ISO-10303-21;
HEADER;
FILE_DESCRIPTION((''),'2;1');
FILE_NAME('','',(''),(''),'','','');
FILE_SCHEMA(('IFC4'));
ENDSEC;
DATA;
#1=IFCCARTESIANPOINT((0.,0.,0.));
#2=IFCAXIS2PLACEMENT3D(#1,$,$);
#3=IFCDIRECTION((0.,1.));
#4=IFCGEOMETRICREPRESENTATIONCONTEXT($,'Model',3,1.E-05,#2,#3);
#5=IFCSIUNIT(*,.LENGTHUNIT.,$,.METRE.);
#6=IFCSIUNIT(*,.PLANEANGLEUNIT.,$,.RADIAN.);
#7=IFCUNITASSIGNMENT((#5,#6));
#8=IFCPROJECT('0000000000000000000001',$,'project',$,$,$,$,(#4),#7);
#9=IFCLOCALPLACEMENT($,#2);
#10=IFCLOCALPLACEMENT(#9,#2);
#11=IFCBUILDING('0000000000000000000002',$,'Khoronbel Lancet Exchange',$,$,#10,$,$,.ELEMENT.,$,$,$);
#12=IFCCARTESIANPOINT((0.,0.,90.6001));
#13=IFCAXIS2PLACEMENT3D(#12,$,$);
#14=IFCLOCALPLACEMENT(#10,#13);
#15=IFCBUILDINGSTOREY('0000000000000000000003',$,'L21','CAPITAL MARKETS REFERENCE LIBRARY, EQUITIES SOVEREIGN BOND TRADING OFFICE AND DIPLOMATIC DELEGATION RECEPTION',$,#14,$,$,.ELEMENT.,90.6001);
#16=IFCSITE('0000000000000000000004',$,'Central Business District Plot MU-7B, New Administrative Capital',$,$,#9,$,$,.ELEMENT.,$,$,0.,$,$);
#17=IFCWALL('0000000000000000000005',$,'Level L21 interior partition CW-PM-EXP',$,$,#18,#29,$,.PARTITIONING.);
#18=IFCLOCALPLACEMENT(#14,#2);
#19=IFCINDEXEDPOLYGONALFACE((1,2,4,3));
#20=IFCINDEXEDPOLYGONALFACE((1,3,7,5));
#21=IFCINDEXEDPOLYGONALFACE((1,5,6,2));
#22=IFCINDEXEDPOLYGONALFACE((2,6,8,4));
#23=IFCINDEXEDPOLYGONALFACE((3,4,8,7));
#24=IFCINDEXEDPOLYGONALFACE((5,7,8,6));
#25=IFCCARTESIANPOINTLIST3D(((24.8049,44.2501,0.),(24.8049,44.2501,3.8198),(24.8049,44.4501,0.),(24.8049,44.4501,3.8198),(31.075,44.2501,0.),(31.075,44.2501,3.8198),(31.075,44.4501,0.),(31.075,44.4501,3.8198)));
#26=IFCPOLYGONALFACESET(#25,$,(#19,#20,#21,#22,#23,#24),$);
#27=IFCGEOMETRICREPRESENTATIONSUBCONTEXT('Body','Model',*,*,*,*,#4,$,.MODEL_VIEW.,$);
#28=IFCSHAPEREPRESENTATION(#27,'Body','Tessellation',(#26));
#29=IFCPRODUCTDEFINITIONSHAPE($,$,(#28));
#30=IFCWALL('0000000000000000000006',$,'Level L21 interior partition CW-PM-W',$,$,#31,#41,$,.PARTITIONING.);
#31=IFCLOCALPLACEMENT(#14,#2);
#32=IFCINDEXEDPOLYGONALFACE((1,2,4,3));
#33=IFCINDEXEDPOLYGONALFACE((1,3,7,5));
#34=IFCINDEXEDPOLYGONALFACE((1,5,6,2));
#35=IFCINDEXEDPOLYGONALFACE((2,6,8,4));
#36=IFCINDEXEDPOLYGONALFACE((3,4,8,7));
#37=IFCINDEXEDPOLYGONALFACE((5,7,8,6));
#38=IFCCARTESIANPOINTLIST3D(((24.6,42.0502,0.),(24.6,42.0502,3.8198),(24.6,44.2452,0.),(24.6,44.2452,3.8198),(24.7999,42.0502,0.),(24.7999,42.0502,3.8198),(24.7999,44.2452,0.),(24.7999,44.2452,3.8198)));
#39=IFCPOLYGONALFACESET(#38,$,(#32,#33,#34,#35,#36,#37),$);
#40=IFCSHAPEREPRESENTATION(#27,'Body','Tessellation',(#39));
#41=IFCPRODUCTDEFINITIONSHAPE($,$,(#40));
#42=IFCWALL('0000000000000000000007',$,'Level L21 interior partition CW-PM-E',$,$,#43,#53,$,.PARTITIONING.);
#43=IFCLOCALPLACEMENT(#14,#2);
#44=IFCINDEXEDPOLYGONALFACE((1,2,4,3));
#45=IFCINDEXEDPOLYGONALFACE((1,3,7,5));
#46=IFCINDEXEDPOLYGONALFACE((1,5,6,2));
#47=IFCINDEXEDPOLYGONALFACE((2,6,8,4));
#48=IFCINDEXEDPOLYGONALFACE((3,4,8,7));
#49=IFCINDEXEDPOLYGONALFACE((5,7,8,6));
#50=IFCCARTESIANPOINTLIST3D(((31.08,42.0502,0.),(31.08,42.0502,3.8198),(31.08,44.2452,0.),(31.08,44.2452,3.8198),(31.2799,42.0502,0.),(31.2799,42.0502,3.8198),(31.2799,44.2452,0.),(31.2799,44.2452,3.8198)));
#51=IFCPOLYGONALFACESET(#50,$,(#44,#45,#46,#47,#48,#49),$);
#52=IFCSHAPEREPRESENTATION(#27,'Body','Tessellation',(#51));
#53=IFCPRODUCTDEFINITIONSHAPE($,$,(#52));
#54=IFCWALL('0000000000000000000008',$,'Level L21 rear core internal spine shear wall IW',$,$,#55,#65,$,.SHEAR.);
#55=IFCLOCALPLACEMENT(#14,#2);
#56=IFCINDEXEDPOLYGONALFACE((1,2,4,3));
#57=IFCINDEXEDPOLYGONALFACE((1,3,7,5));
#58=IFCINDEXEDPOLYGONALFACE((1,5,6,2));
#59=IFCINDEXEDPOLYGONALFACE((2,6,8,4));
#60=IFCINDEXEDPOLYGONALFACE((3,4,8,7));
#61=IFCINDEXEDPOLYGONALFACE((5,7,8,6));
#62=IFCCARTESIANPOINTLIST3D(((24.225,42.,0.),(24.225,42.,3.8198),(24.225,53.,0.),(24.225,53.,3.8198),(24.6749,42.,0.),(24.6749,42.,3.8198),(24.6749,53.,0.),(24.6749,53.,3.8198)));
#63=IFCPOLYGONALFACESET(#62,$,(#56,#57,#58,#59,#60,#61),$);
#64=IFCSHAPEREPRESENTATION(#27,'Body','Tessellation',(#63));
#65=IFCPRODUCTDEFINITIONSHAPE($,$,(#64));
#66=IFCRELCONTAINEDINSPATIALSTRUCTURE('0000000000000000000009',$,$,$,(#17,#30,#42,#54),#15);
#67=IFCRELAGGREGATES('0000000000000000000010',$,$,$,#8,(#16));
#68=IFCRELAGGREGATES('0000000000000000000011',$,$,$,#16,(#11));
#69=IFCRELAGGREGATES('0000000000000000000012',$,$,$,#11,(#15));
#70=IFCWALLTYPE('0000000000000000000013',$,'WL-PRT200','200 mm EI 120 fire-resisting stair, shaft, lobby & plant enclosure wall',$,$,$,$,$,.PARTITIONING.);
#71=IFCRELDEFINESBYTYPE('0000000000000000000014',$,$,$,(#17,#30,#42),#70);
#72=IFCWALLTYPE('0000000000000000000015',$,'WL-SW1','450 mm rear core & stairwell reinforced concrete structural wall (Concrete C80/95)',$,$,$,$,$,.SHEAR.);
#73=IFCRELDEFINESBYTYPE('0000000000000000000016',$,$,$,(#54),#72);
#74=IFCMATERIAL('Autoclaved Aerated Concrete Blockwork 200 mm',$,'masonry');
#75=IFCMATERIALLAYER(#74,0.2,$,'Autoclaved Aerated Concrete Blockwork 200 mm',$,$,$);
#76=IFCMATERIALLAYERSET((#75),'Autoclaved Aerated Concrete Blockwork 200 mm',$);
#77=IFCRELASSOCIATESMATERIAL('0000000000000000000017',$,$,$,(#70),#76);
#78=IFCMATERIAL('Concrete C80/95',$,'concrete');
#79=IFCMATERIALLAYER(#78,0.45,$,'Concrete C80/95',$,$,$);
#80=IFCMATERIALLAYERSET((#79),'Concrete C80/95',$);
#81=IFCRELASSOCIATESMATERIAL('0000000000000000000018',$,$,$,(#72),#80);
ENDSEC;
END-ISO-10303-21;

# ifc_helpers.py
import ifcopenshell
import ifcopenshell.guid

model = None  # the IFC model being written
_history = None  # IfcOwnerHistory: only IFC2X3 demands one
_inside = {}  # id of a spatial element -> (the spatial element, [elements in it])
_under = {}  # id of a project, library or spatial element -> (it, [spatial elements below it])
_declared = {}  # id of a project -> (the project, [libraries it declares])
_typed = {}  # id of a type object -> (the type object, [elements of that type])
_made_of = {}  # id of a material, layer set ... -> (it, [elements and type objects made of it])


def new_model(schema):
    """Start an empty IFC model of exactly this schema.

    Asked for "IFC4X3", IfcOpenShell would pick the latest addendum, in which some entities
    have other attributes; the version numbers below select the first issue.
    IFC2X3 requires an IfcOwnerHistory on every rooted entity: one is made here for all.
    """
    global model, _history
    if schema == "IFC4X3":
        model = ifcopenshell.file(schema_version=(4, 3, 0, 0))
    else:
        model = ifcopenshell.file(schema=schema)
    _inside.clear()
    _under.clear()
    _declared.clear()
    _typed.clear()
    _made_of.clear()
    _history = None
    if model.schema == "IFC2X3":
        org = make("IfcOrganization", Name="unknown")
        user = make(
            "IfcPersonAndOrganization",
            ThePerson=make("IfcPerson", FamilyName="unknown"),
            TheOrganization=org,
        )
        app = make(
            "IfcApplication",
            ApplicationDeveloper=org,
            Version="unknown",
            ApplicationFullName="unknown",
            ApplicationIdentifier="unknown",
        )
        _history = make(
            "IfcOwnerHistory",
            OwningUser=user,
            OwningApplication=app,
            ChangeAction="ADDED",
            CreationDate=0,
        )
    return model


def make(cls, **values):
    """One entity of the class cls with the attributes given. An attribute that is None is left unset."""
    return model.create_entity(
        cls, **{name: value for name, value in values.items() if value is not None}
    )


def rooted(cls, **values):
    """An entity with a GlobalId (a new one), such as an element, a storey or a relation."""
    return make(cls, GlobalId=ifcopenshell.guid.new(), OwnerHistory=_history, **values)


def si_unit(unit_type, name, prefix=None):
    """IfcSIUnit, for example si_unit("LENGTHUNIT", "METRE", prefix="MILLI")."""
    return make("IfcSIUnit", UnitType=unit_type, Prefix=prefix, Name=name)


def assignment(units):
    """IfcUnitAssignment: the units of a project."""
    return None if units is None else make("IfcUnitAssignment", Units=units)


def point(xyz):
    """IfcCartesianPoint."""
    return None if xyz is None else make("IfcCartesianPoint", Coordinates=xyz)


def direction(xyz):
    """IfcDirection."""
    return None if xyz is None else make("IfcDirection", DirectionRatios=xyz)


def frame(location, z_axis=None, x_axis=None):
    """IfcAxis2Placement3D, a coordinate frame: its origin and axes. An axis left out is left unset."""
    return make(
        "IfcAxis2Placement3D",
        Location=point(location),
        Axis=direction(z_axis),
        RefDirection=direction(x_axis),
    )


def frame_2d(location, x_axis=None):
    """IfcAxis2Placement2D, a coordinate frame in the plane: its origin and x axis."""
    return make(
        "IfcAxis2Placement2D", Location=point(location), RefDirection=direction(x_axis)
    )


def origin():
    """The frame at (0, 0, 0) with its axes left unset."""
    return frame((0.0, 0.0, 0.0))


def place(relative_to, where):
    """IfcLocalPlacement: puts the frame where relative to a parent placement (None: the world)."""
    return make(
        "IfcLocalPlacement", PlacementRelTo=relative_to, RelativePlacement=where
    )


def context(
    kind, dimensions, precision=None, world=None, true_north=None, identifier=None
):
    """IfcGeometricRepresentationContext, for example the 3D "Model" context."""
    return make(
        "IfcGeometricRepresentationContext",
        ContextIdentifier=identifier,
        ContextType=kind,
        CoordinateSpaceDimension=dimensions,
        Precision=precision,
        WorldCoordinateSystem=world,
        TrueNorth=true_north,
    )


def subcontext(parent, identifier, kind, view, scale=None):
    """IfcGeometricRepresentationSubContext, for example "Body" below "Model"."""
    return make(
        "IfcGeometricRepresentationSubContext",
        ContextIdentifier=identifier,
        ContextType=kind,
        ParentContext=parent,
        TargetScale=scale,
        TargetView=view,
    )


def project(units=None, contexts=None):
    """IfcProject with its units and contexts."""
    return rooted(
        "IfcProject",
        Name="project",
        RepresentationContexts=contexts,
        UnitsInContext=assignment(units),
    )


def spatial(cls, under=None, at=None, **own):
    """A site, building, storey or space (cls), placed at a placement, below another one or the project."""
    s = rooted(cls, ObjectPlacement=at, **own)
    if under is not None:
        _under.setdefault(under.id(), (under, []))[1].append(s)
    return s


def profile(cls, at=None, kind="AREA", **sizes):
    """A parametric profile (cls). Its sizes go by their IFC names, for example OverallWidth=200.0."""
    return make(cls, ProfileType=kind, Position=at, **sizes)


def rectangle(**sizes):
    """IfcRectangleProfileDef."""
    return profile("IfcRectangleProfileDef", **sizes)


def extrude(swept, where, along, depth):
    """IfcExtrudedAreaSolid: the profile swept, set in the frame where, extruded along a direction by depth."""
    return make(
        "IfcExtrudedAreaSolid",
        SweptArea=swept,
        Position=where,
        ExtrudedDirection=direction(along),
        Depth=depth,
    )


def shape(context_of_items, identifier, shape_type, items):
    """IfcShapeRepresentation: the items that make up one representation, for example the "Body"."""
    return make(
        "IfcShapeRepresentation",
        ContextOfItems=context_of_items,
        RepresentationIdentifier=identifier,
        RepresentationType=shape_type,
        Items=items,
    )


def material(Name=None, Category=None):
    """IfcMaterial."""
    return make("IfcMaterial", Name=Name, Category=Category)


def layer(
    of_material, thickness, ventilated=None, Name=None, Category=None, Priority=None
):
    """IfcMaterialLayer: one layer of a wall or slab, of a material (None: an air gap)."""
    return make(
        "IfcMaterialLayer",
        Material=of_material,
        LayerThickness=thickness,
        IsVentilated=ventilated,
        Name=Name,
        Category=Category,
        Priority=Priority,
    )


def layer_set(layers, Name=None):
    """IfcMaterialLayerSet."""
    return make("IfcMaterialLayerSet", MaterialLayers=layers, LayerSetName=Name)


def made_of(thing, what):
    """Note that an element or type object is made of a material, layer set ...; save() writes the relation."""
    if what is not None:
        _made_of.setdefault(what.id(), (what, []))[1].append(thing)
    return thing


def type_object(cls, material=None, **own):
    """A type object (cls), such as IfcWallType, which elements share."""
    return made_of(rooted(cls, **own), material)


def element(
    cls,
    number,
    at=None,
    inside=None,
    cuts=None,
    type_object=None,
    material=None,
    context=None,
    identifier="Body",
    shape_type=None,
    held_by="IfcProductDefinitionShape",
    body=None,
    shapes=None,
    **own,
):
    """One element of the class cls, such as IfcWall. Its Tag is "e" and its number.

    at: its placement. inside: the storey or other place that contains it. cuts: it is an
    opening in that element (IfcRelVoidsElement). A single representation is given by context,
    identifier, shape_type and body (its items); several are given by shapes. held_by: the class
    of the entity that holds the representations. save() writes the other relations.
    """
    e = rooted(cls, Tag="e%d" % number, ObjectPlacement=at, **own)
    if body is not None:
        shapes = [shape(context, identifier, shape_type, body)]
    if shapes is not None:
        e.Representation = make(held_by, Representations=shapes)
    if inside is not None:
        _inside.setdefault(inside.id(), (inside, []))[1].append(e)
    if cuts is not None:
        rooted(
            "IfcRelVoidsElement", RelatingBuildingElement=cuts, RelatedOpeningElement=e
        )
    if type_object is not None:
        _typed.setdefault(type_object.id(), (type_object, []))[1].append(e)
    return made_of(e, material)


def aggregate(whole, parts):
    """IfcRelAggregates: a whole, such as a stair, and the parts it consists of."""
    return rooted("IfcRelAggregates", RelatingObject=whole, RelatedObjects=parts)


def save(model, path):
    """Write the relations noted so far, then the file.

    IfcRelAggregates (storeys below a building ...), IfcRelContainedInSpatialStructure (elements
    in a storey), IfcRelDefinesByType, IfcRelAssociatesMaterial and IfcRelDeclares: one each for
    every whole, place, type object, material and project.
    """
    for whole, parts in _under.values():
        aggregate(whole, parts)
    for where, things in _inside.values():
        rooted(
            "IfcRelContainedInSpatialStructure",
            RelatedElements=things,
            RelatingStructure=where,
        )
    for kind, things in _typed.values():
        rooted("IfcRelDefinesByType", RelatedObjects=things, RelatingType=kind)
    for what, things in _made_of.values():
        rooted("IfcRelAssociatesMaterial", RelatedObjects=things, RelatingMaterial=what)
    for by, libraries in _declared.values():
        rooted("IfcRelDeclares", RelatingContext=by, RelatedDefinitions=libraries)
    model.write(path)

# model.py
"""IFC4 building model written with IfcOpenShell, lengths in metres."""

from ifc_helpers import new_model, si_unit, direction, frame, frame_2d, origin, place, context, subcontext, project, spatial, rectangle, extrude, material, layer, layer_set, type_object, element, save


model = new_model("IFC4")

# Units and contexts
model_context = context("Model", 3, precision=1e-05, world=origin(), true_north=direction((0.0, 1.0)))
body_context = subcontext(model_context, "Body", "Model", "MODEL_VIEW")
ifc_project = project(units=[si_unit("LENGTHUNIT", "METRE"), si_unit("PLANEANGLEUNIT", "RADIAN")], contexts=[model_context])

# Site, building, storey
site_placement = place(None, origin())
site = spatial("IfcSite", under=ifc_project, at=site_placement, Name="Central Business District Plot MU-7B, New Administrative Capital", CompositionType="ELEMENT", RefElevation=0.0)
building_placement = place(site_placement, origin())
building = spatial("IfcBuilding", under=site, at=building_placement, Name="Khoronbel Lancet Exchange", CompositionType="ELEMENT")
storey_placement = place(building_placement, frame((0.0, 0.0, 90.6001)))
storey = spatial("IfcBuildingStorey", under=building, at=storey_placement, Name="L21", Description="CAPITAL MARKETS REFERENCE LIBRARY, EQUITIES SOVEREIGN BOND TRADING OFFICE AND DIPLOMATIC DELEGATION RECEPTION", CompositionType="ELEMENT", Elevation=90.6001)

# Shared definitions
ifc_material_1 = material(Name="Concrete C80/95", Category="concrete")

# Shared definitions
ifc_material_2 = material(Name="Autoclaved Aerated Concrete Blockwork 200 mm", Category="masonry")
ifc_layer_1 = layer(ifc_material_2, 0.2, Name="Autoclaved Aerated Concrete Blockwork 200 mm")
ifc_layer_set_1 = layer_set([ifc_layer_1], Name="Autoclaved Aerated Concrete Blockwork 200 mm")
wall_type_1 = type_object("IfcWallType", Name="WL-PRT200", Description="200 mm EI 120 fire-resisting stair, shaft, lobby & plant enclosure wall", PredefinedType="PARTITIONING", material=ifc_layer_set_1)

# Walls
wall_1_placement = place(storey_placement, frame((24.8049, 44.3501, 0.0), z_axis=(0.0, 0.0, 1.0), x_axis=(1.0, 0.0, 0.0)))
element("IfcWall", 1, at=wall_1_placement, inside=storey, type_object=wall_type_1, Name="Level L21 interior partition CW-PM-EXP", PredefinedType="PARTITIONING", context=body_context, shape_type="SweptSolid", body=[
    extrude(rectangle(XDim=6.27, YDim=0.2, at=frame_2d((3.135, 0.0))), origin(), (0.0, 0.0, 1.0), 3.8198),
])
for number, where, z_axis, x_axis, name in (
    (2, (24.7, 42.05, 0.0), (0.0, 0.0, 1.0), (0.0, 1.0, 0.0), "Level L21 interior partition CW-PM-W"),
    (3, (31.1799, 42.05, 0.0), (0.0, 0.0, 1.0), (0.0, 1.0, 0.0), "Level L21 interior partition CW-PM-E"),
):
    element("IfcWall", number, at=place(storey_placement, frame(where, z_axis=z_axis, x_axis=x_axis)), inside=storey, type_object=wall_type_1, Name=name, PredefinedType="PARTITIONING", context=body_context, shape_type="SweptSolid", body=[
        extrude(rectangle(XDim=2.1951, YDim=0.2, at=frame_2d((1.0977, 0.0))), origin(), (0.0, 0.0, 1.0), 3.8198),
    ])
ifc_layer_2 = layer(ifc_material_1, 0.45, Name="Concrete C80/95")
ifc_layer_set_2 = layer_set([ifc_layer_2], Name="Concrete C80/95")
wall_type_2 = type_object("IfcWallType", Name="WL-SW1", Description="450 mm rear core & stairwell reinforced concrete structural wall (Concrete C80/95)", PredefinedType="SHEAR", material=ifc_layer_set_2)
wall_2_placement = place(storey_placement, frame((24.45, 42.0, 0.0), z_axis=(0.0, 0.0, 1.0), x_axis=(0.0, 1.0, 0.0)))
element("IfcWall", 4, at=wall_2_placement, inside=storey, type_object=wall_type_2, Name="Level L21 rear core internal spine shear wall IW", PredefinedType="SHEAR", context=body_context, shape_type="SweptSolid", body=[
    extrude(rectangle(XDim=11.0, YDim=0.45, at=frame_2d((5.5, 0.0))), origin(), (0.0, 0.0, 1.0), 3.8198),
])

save(model, "model.ifc")
